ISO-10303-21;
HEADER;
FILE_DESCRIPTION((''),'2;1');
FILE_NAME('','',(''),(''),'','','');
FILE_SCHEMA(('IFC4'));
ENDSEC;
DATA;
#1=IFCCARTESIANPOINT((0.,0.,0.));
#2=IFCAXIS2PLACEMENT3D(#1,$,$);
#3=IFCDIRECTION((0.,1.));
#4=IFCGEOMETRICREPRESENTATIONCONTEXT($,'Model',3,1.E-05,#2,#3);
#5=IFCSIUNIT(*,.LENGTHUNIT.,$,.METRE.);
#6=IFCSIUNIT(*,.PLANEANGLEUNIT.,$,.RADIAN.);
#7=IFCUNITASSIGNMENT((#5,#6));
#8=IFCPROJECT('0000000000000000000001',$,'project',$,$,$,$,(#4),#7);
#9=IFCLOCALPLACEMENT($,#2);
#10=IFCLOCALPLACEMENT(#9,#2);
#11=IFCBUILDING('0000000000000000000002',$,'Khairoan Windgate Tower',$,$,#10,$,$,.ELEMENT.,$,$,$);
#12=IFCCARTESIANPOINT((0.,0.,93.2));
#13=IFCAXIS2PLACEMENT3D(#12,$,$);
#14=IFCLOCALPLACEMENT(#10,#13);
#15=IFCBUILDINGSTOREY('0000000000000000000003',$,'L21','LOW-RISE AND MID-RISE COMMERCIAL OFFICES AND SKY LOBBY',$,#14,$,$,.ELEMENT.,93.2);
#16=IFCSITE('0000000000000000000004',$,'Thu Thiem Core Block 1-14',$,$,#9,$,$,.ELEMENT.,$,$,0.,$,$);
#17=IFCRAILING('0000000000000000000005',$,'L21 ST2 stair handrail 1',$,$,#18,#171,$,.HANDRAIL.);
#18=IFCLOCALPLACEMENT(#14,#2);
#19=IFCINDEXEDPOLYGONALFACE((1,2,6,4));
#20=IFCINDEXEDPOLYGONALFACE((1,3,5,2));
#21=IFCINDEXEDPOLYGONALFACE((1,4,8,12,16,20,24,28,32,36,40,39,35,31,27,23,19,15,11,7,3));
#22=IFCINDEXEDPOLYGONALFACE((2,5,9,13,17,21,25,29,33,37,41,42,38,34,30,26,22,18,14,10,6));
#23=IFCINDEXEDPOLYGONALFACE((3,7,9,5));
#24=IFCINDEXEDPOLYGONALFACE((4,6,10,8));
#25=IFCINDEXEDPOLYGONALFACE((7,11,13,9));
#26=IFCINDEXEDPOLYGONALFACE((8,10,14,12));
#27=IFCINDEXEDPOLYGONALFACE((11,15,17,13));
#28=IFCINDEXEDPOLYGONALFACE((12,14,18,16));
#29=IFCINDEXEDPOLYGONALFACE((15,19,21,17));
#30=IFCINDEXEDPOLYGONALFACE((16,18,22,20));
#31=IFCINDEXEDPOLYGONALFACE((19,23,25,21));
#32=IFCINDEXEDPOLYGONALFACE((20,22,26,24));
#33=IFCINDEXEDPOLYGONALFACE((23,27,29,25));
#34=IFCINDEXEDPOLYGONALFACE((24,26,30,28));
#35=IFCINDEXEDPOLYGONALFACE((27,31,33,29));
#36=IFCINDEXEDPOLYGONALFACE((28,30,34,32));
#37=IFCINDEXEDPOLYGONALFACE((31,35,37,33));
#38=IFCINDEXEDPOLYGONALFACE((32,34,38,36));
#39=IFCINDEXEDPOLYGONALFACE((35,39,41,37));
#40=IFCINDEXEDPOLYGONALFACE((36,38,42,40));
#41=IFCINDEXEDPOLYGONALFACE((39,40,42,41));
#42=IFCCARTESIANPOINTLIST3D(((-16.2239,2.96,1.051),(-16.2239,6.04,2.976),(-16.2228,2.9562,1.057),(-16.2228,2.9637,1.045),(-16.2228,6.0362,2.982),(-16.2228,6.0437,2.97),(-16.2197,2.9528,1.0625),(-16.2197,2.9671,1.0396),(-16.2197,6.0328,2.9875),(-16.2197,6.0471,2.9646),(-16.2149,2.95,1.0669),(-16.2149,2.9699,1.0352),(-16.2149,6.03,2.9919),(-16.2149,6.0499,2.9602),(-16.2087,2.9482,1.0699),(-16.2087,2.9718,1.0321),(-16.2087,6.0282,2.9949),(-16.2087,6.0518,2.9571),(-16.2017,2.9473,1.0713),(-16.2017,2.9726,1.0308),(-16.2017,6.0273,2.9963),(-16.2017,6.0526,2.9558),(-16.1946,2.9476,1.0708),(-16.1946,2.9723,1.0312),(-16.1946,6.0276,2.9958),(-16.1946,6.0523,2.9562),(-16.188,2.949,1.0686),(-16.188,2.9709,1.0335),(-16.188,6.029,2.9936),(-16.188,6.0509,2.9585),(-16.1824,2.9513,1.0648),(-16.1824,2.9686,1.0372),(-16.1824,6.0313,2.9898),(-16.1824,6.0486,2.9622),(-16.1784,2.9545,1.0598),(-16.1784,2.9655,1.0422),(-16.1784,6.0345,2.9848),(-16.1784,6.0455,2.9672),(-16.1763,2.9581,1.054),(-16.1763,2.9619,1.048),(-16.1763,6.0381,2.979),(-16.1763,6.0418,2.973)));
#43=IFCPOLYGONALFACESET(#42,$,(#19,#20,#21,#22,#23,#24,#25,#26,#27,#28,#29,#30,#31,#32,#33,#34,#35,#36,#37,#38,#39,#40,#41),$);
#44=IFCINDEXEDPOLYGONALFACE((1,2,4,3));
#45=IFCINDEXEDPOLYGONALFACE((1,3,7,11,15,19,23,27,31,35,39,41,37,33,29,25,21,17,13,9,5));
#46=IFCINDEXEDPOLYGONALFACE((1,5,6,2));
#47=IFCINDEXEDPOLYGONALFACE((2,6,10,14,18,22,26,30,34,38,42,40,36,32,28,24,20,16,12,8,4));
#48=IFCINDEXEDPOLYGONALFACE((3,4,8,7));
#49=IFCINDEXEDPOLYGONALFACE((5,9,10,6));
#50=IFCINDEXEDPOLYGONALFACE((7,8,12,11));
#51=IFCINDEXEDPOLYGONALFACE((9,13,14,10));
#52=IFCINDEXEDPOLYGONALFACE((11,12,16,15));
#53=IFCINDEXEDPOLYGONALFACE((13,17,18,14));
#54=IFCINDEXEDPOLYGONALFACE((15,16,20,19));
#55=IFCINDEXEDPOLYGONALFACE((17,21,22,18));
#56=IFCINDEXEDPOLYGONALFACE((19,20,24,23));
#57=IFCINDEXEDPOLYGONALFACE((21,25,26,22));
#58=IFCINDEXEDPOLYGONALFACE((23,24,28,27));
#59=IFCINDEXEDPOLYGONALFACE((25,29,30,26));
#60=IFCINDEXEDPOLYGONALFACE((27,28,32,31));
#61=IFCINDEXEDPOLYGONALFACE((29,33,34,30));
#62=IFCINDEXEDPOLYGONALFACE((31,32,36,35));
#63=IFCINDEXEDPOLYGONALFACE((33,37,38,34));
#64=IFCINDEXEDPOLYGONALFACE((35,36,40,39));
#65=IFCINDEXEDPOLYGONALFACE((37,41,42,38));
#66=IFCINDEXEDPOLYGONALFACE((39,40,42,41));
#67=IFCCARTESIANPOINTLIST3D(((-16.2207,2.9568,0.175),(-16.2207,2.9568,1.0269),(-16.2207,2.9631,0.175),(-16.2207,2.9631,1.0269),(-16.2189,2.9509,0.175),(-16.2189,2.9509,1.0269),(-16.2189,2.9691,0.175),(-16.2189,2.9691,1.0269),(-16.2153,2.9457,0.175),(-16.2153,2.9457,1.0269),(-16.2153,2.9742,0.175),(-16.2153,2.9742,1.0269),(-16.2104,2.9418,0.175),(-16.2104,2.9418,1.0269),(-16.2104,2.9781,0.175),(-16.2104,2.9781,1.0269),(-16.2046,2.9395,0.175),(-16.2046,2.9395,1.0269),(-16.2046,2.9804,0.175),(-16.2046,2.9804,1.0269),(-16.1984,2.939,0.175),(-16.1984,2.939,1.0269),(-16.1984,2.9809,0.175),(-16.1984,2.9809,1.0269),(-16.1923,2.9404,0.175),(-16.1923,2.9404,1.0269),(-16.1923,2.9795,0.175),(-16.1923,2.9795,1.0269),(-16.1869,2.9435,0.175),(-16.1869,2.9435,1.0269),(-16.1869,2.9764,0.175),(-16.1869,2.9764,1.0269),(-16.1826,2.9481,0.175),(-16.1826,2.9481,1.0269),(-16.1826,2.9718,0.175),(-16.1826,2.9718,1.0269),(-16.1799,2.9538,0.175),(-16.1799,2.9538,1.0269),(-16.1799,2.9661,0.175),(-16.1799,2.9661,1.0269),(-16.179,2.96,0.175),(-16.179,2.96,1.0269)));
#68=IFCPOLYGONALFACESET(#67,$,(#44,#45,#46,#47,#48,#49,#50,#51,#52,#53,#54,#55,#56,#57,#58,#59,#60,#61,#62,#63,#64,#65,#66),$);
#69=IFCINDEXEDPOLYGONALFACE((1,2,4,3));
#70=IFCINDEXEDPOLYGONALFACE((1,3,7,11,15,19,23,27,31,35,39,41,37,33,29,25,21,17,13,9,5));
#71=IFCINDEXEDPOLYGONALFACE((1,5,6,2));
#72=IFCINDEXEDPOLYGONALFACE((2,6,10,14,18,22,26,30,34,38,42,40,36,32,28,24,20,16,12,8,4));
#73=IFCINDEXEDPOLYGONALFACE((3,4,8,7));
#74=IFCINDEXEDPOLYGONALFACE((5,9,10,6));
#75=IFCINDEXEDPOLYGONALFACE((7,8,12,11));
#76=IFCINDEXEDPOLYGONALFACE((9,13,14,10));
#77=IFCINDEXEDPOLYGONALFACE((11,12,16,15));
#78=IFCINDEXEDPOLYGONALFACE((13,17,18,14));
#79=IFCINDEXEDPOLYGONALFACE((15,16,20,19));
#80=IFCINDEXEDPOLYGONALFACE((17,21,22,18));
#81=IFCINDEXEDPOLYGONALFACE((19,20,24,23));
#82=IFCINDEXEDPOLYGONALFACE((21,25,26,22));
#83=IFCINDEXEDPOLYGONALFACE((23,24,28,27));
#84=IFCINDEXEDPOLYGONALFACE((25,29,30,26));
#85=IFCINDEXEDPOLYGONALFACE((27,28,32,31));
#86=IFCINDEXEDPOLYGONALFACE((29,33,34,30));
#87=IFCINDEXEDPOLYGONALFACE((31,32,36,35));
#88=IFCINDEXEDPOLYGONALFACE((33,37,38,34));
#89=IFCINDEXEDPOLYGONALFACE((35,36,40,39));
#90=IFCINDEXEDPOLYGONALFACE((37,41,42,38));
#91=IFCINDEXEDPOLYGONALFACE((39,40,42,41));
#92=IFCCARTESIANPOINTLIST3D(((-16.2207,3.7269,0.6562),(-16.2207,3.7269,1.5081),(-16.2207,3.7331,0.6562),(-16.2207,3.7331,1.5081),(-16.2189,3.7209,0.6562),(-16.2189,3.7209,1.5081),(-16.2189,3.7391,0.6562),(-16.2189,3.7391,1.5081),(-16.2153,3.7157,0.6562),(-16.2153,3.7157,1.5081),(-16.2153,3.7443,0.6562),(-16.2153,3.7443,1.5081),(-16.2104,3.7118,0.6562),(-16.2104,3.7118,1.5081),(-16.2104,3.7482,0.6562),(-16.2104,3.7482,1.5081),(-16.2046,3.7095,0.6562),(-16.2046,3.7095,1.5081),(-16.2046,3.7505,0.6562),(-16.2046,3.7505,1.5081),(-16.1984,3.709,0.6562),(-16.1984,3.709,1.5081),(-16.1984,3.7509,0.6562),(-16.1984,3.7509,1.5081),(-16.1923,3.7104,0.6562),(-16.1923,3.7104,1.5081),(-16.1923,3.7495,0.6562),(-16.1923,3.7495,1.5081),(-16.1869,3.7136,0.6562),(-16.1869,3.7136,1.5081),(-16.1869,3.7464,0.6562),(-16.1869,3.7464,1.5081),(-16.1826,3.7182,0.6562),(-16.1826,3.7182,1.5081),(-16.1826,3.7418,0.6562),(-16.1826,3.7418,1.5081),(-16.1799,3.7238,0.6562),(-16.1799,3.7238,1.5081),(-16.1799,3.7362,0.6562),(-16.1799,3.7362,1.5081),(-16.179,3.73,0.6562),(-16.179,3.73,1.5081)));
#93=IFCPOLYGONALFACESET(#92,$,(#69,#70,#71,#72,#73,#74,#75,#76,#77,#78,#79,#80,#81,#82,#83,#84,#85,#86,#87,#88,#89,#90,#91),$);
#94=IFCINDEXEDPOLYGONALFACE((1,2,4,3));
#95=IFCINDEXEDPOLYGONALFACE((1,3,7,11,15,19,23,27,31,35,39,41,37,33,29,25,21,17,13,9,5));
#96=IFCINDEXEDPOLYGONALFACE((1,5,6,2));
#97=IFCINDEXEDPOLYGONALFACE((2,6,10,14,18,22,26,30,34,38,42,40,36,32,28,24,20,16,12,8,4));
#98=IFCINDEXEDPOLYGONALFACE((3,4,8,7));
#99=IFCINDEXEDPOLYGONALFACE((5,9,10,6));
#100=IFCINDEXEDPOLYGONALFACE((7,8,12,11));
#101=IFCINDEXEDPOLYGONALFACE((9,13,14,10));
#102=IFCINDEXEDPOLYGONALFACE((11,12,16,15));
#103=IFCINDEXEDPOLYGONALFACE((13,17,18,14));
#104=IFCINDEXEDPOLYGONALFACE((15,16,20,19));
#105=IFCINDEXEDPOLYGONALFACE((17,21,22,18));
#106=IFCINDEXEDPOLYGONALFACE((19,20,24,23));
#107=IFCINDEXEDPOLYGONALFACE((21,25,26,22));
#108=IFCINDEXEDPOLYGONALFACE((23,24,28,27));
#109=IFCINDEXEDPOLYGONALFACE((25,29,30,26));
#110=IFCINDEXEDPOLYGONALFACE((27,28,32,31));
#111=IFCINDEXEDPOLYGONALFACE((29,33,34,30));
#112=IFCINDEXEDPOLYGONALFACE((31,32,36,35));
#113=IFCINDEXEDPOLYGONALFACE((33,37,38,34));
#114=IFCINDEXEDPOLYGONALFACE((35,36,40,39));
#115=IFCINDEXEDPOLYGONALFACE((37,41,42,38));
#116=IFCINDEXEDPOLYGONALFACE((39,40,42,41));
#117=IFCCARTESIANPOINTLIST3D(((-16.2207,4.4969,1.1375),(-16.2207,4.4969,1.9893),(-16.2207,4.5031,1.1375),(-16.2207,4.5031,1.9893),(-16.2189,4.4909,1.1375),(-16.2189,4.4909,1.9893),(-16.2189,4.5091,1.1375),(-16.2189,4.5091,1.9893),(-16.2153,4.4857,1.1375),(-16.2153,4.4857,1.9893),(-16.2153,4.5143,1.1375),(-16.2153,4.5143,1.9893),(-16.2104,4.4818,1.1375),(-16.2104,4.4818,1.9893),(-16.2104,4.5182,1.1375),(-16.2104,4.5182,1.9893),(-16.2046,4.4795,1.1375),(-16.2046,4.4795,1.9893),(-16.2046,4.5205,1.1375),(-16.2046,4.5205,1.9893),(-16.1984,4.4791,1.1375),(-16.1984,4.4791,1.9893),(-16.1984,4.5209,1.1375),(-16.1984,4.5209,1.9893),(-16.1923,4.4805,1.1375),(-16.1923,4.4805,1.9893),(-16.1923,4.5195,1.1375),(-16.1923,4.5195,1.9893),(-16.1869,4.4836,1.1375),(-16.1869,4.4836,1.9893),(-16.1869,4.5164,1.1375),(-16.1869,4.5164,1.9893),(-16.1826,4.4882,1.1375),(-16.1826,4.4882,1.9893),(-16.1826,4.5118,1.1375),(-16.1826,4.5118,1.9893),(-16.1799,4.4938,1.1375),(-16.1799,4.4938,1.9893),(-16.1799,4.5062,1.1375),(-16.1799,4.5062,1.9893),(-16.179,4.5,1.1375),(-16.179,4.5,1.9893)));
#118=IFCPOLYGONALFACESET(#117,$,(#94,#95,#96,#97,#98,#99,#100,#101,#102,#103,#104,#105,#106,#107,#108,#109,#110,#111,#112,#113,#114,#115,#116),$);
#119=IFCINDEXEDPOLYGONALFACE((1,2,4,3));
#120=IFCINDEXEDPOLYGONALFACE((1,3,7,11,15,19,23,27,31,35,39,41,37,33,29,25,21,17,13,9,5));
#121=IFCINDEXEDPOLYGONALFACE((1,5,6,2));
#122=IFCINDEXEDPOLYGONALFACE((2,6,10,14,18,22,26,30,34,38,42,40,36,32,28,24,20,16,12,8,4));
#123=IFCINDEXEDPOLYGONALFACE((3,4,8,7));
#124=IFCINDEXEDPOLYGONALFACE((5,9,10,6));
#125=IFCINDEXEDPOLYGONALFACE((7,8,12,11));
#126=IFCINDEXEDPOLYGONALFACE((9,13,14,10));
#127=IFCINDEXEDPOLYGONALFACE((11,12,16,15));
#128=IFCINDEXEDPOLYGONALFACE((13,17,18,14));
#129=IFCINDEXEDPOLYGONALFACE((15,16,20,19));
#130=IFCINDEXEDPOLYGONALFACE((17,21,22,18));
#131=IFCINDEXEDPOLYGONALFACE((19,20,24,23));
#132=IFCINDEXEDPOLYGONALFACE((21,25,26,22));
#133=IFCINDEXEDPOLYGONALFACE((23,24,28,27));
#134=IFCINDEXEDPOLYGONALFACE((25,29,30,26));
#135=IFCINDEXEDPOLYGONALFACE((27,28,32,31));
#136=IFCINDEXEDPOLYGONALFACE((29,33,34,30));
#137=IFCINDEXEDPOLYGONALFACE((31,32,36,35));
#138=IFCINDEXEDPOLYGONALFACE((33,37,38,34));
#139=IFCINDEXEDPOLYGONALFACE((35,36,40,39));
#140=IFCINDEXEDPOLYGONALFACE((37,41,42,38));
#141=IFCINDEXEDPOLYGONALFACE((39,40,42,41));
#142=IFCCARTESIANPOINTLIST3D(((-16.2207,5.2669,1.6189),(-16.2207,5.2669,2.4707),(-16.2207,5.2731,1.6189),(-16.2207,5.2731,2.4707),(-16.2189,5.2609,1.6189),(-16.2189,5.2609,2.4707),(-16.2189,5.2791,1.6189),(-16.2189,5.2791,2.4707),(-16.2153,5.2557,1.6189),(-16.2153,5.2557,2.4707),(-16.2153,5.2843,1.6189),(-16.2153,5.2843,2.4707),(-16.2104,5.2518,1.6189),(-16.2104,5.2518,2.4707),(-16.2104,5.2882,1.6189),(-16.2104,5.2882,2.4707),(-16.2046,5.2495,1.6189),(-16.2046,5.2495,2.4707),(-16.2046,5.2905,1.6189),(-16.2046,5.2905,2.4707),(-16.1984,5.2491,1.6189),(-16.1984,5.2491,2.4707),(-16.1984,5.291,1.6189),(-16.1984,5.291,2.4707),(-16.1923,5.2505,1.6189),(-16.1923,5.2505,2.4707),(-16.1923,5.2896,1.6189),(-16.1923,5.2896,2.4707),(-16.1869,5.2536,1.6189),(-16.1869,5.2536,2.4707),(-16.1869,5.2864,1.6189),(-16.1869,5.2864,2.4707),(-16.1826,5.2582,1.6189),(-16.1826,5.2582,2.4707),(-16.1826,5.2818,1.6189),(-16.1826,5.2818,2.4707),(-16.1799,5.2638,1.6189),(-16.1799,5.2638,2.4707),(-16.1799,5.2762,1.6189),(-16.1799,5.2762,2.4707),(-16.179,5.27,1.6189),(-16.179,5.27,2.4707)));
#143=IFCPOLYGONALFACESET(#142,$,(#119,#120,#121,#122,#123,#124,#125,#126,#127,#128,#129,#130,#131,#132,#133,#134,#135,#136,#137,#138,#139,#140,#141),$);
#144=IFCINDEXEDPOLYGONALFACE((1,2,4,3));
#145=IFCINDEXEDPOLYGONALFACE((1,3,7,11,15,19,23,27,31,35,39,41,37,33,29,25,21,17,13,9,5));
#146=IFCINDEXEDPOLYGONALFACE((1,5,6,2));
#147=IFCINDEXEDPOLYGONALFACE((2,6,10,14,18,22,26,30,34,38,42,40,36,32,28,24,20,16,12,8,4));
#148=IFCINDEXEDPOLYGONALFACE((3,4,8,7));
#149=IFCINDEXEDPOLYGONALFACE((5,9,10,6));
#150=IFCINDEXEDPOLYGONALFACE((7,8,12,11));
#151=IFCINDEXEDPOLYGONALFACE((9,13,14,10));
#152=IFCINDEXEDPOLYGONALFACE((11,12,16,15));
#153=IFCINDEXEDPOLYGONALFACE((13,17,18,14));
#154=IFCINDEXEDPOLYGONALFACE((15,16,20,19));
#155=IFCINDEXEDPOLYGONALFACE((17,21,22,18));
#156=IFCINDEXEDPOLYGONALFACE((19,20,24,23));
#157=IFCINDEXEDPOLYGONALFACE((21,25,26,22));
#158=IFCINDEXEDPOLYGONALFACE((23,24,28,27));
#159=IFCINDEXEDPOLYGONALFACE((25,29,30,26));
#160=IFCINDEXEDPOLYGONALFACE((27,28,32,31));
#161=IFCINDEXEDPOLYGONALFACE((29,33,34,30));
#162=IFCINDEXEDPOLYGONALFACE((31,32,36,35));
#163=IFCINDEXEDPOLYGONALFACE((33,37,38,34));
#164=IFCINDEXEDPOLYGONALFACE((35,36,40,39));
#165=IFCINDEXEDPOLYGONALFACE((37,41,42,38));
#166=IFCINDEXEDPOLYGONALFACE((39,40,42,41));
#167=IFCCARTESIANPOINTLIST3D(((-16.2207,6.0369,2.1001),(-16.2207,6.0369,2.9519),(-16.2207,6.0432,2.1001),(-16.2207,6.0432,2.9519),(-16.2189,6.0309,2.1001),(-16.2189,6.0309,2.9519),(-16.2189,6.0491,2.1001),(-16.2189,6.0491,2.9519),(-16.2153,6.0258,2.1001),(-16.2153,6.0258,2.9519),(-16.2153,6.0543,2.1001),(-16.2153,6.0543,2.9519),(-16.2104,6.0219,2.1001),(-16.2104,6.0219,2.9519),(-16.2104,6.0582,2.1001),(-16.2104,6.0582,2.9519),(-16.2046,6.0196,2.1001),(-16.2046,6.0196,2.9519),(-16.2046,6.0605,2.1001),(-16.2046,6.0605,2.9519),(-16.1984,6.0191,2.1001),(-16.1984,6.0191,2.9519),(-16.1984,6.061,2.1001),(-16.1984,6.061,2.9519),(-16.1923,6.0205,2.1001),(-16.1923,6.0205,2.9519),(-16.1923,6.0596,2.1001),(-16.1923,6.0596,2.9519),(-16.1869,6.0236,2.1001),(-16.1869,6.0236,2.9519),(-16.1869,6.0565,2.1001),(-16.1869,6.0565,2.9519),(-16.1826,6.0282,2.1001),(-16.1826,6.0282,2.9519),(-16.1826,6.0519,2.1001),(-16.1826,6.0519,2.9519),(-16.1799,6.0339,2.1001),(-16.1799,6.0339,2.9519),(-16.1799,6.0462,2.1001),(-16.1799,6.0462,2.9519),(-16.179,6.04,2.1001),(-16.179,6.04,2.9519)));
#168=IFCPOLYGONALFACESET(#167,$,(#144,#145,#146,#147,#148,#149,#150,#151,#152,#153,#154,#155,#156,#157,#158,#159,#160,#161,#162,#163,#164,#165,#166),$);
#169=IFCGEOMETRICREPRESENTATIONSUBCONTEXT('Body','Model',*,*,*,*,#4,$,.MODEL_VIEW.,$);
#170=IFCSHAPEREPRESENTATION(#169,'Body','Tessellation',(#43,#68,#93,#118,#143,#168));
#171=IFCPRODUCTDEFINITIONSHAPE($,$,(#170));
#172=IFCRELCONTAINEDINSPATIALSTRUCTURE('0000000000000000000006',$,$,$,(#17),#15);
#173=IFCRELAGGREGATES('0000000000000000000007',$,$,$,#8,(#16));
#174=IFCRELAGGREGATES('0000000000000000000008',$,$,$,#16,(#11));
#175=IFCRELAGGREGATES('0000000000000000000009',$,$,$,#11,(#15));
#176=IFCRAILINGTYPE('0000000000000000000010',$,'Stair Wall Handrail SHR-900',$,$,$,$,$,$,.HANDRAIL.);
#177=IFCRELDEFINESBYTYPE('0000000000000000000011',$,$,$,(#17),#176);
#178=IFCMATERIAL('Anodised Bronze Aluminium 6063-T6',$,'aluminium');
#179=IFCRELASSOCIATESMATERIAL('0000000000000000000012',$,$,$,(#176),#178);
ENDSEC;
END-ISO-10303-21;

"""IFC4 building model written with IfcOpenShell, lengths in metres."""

from ifc_helpers import new_model, si_unit, direction, frame, origin, origin_2d, place, context, subcontext, project, spatial, circle, extrude, material, type_object, element, save


model = new_model("IFC4")

# Units and contexts
model_context = context("Model", 3, precision=1e-05, world=origin(), true_north=direction((0.0, 1.0)))
body_context = subcontext(model_context, "Body", "Model", "MODEL_VIEW")
ifc_project = project(units=[si_unit("LENGTHUNIT", "METRE"), si_unit("PLANEANGLEUNIT", "RADIAN")], contexts=[model_context])

# Site, building, storey
site_placement = place(None, origin())
site = spatial("IfcSite", under=ifc_project, at=site_placement, Name="Thu Thiem Core Block 1-14", CompositionType="ELEMENT", RefElevation=0.0)
building_placement = place(site_placement, origin())
building = spatial("IfcBuilding", under=site, at=building_placement, Name="Khairoan Windgate Tower", CompositionType="ELEMENT")
storey_placement = place(building_placement, frame((0.0, 0.0, 93.2)))
storey = spatial("IfcBuildingStorey", under=building, at=storey_placement, Name="L21", Description="LOW-RISE AND MID-RISE COMMERCIAL OFFICES AND SKY LOBBY", CompositionType="ELEMENT", Elevation=93.2)

# Railing
ifc_material_1 = material(Name="Anodised Bronze Aluminium 6063-T6", Category="aluminium")
railing_type_1 = type_object("IfcRailingType", Name="Stair Wall Handrail SHR-900", PredefinedType="HANDRAIL", material=ifc_material_1)
railing_1_placement = place(storey_placement, frame((-16.2, 2.96, 0.175)))
element("IfcRailing", 1, at=railing_1_placement, inside=storey, type_object=railing_type_1, Name="L21 ST2 stair handrail 1", PredefinedType="HANDRAIL", context=body_context, shape_type="SweptSolid", body=[
    extrude(circle(Radius=0.0239, at=origin_2d()), frame((0.0, 0.0, 0.876), z_axis=(0.0, 0.847998, 0.529999), x_axis=(-1.0, 0.0, 0.0)), (0.0, 0.0, 1.0), 3.6321),
    extrude(circle(Radius=0.021, at=origin_2d()), origin(), (0.0, 0.0, 1.0), 0.8518),
    extrude(circle(Radius=0.021, at=origin_2d()), frame((0.0, 0.77, 0.4812)), (0.0, 0.0, 1.0), 0.8518),
    extrude(circle(Radius=0.021, at=origin_2d()), frame((0.0, 1.54, 0.9624)), (0.0, 0.0, 1.0), 0.8518),
    extrude(circle(Radius=0.021, at=origin_2d()), frame((0.0, 2.3101, 1.4438)), (0.0, 0.0, 1.0), 0.8518),
    extrude(circle(Radius=0.021, at=origin_2d()), frame((0.0, 3.0801, 1.925)), (0.0, 0.0, 1.0), 0.8518),
])

save(model, "model.ifc")
